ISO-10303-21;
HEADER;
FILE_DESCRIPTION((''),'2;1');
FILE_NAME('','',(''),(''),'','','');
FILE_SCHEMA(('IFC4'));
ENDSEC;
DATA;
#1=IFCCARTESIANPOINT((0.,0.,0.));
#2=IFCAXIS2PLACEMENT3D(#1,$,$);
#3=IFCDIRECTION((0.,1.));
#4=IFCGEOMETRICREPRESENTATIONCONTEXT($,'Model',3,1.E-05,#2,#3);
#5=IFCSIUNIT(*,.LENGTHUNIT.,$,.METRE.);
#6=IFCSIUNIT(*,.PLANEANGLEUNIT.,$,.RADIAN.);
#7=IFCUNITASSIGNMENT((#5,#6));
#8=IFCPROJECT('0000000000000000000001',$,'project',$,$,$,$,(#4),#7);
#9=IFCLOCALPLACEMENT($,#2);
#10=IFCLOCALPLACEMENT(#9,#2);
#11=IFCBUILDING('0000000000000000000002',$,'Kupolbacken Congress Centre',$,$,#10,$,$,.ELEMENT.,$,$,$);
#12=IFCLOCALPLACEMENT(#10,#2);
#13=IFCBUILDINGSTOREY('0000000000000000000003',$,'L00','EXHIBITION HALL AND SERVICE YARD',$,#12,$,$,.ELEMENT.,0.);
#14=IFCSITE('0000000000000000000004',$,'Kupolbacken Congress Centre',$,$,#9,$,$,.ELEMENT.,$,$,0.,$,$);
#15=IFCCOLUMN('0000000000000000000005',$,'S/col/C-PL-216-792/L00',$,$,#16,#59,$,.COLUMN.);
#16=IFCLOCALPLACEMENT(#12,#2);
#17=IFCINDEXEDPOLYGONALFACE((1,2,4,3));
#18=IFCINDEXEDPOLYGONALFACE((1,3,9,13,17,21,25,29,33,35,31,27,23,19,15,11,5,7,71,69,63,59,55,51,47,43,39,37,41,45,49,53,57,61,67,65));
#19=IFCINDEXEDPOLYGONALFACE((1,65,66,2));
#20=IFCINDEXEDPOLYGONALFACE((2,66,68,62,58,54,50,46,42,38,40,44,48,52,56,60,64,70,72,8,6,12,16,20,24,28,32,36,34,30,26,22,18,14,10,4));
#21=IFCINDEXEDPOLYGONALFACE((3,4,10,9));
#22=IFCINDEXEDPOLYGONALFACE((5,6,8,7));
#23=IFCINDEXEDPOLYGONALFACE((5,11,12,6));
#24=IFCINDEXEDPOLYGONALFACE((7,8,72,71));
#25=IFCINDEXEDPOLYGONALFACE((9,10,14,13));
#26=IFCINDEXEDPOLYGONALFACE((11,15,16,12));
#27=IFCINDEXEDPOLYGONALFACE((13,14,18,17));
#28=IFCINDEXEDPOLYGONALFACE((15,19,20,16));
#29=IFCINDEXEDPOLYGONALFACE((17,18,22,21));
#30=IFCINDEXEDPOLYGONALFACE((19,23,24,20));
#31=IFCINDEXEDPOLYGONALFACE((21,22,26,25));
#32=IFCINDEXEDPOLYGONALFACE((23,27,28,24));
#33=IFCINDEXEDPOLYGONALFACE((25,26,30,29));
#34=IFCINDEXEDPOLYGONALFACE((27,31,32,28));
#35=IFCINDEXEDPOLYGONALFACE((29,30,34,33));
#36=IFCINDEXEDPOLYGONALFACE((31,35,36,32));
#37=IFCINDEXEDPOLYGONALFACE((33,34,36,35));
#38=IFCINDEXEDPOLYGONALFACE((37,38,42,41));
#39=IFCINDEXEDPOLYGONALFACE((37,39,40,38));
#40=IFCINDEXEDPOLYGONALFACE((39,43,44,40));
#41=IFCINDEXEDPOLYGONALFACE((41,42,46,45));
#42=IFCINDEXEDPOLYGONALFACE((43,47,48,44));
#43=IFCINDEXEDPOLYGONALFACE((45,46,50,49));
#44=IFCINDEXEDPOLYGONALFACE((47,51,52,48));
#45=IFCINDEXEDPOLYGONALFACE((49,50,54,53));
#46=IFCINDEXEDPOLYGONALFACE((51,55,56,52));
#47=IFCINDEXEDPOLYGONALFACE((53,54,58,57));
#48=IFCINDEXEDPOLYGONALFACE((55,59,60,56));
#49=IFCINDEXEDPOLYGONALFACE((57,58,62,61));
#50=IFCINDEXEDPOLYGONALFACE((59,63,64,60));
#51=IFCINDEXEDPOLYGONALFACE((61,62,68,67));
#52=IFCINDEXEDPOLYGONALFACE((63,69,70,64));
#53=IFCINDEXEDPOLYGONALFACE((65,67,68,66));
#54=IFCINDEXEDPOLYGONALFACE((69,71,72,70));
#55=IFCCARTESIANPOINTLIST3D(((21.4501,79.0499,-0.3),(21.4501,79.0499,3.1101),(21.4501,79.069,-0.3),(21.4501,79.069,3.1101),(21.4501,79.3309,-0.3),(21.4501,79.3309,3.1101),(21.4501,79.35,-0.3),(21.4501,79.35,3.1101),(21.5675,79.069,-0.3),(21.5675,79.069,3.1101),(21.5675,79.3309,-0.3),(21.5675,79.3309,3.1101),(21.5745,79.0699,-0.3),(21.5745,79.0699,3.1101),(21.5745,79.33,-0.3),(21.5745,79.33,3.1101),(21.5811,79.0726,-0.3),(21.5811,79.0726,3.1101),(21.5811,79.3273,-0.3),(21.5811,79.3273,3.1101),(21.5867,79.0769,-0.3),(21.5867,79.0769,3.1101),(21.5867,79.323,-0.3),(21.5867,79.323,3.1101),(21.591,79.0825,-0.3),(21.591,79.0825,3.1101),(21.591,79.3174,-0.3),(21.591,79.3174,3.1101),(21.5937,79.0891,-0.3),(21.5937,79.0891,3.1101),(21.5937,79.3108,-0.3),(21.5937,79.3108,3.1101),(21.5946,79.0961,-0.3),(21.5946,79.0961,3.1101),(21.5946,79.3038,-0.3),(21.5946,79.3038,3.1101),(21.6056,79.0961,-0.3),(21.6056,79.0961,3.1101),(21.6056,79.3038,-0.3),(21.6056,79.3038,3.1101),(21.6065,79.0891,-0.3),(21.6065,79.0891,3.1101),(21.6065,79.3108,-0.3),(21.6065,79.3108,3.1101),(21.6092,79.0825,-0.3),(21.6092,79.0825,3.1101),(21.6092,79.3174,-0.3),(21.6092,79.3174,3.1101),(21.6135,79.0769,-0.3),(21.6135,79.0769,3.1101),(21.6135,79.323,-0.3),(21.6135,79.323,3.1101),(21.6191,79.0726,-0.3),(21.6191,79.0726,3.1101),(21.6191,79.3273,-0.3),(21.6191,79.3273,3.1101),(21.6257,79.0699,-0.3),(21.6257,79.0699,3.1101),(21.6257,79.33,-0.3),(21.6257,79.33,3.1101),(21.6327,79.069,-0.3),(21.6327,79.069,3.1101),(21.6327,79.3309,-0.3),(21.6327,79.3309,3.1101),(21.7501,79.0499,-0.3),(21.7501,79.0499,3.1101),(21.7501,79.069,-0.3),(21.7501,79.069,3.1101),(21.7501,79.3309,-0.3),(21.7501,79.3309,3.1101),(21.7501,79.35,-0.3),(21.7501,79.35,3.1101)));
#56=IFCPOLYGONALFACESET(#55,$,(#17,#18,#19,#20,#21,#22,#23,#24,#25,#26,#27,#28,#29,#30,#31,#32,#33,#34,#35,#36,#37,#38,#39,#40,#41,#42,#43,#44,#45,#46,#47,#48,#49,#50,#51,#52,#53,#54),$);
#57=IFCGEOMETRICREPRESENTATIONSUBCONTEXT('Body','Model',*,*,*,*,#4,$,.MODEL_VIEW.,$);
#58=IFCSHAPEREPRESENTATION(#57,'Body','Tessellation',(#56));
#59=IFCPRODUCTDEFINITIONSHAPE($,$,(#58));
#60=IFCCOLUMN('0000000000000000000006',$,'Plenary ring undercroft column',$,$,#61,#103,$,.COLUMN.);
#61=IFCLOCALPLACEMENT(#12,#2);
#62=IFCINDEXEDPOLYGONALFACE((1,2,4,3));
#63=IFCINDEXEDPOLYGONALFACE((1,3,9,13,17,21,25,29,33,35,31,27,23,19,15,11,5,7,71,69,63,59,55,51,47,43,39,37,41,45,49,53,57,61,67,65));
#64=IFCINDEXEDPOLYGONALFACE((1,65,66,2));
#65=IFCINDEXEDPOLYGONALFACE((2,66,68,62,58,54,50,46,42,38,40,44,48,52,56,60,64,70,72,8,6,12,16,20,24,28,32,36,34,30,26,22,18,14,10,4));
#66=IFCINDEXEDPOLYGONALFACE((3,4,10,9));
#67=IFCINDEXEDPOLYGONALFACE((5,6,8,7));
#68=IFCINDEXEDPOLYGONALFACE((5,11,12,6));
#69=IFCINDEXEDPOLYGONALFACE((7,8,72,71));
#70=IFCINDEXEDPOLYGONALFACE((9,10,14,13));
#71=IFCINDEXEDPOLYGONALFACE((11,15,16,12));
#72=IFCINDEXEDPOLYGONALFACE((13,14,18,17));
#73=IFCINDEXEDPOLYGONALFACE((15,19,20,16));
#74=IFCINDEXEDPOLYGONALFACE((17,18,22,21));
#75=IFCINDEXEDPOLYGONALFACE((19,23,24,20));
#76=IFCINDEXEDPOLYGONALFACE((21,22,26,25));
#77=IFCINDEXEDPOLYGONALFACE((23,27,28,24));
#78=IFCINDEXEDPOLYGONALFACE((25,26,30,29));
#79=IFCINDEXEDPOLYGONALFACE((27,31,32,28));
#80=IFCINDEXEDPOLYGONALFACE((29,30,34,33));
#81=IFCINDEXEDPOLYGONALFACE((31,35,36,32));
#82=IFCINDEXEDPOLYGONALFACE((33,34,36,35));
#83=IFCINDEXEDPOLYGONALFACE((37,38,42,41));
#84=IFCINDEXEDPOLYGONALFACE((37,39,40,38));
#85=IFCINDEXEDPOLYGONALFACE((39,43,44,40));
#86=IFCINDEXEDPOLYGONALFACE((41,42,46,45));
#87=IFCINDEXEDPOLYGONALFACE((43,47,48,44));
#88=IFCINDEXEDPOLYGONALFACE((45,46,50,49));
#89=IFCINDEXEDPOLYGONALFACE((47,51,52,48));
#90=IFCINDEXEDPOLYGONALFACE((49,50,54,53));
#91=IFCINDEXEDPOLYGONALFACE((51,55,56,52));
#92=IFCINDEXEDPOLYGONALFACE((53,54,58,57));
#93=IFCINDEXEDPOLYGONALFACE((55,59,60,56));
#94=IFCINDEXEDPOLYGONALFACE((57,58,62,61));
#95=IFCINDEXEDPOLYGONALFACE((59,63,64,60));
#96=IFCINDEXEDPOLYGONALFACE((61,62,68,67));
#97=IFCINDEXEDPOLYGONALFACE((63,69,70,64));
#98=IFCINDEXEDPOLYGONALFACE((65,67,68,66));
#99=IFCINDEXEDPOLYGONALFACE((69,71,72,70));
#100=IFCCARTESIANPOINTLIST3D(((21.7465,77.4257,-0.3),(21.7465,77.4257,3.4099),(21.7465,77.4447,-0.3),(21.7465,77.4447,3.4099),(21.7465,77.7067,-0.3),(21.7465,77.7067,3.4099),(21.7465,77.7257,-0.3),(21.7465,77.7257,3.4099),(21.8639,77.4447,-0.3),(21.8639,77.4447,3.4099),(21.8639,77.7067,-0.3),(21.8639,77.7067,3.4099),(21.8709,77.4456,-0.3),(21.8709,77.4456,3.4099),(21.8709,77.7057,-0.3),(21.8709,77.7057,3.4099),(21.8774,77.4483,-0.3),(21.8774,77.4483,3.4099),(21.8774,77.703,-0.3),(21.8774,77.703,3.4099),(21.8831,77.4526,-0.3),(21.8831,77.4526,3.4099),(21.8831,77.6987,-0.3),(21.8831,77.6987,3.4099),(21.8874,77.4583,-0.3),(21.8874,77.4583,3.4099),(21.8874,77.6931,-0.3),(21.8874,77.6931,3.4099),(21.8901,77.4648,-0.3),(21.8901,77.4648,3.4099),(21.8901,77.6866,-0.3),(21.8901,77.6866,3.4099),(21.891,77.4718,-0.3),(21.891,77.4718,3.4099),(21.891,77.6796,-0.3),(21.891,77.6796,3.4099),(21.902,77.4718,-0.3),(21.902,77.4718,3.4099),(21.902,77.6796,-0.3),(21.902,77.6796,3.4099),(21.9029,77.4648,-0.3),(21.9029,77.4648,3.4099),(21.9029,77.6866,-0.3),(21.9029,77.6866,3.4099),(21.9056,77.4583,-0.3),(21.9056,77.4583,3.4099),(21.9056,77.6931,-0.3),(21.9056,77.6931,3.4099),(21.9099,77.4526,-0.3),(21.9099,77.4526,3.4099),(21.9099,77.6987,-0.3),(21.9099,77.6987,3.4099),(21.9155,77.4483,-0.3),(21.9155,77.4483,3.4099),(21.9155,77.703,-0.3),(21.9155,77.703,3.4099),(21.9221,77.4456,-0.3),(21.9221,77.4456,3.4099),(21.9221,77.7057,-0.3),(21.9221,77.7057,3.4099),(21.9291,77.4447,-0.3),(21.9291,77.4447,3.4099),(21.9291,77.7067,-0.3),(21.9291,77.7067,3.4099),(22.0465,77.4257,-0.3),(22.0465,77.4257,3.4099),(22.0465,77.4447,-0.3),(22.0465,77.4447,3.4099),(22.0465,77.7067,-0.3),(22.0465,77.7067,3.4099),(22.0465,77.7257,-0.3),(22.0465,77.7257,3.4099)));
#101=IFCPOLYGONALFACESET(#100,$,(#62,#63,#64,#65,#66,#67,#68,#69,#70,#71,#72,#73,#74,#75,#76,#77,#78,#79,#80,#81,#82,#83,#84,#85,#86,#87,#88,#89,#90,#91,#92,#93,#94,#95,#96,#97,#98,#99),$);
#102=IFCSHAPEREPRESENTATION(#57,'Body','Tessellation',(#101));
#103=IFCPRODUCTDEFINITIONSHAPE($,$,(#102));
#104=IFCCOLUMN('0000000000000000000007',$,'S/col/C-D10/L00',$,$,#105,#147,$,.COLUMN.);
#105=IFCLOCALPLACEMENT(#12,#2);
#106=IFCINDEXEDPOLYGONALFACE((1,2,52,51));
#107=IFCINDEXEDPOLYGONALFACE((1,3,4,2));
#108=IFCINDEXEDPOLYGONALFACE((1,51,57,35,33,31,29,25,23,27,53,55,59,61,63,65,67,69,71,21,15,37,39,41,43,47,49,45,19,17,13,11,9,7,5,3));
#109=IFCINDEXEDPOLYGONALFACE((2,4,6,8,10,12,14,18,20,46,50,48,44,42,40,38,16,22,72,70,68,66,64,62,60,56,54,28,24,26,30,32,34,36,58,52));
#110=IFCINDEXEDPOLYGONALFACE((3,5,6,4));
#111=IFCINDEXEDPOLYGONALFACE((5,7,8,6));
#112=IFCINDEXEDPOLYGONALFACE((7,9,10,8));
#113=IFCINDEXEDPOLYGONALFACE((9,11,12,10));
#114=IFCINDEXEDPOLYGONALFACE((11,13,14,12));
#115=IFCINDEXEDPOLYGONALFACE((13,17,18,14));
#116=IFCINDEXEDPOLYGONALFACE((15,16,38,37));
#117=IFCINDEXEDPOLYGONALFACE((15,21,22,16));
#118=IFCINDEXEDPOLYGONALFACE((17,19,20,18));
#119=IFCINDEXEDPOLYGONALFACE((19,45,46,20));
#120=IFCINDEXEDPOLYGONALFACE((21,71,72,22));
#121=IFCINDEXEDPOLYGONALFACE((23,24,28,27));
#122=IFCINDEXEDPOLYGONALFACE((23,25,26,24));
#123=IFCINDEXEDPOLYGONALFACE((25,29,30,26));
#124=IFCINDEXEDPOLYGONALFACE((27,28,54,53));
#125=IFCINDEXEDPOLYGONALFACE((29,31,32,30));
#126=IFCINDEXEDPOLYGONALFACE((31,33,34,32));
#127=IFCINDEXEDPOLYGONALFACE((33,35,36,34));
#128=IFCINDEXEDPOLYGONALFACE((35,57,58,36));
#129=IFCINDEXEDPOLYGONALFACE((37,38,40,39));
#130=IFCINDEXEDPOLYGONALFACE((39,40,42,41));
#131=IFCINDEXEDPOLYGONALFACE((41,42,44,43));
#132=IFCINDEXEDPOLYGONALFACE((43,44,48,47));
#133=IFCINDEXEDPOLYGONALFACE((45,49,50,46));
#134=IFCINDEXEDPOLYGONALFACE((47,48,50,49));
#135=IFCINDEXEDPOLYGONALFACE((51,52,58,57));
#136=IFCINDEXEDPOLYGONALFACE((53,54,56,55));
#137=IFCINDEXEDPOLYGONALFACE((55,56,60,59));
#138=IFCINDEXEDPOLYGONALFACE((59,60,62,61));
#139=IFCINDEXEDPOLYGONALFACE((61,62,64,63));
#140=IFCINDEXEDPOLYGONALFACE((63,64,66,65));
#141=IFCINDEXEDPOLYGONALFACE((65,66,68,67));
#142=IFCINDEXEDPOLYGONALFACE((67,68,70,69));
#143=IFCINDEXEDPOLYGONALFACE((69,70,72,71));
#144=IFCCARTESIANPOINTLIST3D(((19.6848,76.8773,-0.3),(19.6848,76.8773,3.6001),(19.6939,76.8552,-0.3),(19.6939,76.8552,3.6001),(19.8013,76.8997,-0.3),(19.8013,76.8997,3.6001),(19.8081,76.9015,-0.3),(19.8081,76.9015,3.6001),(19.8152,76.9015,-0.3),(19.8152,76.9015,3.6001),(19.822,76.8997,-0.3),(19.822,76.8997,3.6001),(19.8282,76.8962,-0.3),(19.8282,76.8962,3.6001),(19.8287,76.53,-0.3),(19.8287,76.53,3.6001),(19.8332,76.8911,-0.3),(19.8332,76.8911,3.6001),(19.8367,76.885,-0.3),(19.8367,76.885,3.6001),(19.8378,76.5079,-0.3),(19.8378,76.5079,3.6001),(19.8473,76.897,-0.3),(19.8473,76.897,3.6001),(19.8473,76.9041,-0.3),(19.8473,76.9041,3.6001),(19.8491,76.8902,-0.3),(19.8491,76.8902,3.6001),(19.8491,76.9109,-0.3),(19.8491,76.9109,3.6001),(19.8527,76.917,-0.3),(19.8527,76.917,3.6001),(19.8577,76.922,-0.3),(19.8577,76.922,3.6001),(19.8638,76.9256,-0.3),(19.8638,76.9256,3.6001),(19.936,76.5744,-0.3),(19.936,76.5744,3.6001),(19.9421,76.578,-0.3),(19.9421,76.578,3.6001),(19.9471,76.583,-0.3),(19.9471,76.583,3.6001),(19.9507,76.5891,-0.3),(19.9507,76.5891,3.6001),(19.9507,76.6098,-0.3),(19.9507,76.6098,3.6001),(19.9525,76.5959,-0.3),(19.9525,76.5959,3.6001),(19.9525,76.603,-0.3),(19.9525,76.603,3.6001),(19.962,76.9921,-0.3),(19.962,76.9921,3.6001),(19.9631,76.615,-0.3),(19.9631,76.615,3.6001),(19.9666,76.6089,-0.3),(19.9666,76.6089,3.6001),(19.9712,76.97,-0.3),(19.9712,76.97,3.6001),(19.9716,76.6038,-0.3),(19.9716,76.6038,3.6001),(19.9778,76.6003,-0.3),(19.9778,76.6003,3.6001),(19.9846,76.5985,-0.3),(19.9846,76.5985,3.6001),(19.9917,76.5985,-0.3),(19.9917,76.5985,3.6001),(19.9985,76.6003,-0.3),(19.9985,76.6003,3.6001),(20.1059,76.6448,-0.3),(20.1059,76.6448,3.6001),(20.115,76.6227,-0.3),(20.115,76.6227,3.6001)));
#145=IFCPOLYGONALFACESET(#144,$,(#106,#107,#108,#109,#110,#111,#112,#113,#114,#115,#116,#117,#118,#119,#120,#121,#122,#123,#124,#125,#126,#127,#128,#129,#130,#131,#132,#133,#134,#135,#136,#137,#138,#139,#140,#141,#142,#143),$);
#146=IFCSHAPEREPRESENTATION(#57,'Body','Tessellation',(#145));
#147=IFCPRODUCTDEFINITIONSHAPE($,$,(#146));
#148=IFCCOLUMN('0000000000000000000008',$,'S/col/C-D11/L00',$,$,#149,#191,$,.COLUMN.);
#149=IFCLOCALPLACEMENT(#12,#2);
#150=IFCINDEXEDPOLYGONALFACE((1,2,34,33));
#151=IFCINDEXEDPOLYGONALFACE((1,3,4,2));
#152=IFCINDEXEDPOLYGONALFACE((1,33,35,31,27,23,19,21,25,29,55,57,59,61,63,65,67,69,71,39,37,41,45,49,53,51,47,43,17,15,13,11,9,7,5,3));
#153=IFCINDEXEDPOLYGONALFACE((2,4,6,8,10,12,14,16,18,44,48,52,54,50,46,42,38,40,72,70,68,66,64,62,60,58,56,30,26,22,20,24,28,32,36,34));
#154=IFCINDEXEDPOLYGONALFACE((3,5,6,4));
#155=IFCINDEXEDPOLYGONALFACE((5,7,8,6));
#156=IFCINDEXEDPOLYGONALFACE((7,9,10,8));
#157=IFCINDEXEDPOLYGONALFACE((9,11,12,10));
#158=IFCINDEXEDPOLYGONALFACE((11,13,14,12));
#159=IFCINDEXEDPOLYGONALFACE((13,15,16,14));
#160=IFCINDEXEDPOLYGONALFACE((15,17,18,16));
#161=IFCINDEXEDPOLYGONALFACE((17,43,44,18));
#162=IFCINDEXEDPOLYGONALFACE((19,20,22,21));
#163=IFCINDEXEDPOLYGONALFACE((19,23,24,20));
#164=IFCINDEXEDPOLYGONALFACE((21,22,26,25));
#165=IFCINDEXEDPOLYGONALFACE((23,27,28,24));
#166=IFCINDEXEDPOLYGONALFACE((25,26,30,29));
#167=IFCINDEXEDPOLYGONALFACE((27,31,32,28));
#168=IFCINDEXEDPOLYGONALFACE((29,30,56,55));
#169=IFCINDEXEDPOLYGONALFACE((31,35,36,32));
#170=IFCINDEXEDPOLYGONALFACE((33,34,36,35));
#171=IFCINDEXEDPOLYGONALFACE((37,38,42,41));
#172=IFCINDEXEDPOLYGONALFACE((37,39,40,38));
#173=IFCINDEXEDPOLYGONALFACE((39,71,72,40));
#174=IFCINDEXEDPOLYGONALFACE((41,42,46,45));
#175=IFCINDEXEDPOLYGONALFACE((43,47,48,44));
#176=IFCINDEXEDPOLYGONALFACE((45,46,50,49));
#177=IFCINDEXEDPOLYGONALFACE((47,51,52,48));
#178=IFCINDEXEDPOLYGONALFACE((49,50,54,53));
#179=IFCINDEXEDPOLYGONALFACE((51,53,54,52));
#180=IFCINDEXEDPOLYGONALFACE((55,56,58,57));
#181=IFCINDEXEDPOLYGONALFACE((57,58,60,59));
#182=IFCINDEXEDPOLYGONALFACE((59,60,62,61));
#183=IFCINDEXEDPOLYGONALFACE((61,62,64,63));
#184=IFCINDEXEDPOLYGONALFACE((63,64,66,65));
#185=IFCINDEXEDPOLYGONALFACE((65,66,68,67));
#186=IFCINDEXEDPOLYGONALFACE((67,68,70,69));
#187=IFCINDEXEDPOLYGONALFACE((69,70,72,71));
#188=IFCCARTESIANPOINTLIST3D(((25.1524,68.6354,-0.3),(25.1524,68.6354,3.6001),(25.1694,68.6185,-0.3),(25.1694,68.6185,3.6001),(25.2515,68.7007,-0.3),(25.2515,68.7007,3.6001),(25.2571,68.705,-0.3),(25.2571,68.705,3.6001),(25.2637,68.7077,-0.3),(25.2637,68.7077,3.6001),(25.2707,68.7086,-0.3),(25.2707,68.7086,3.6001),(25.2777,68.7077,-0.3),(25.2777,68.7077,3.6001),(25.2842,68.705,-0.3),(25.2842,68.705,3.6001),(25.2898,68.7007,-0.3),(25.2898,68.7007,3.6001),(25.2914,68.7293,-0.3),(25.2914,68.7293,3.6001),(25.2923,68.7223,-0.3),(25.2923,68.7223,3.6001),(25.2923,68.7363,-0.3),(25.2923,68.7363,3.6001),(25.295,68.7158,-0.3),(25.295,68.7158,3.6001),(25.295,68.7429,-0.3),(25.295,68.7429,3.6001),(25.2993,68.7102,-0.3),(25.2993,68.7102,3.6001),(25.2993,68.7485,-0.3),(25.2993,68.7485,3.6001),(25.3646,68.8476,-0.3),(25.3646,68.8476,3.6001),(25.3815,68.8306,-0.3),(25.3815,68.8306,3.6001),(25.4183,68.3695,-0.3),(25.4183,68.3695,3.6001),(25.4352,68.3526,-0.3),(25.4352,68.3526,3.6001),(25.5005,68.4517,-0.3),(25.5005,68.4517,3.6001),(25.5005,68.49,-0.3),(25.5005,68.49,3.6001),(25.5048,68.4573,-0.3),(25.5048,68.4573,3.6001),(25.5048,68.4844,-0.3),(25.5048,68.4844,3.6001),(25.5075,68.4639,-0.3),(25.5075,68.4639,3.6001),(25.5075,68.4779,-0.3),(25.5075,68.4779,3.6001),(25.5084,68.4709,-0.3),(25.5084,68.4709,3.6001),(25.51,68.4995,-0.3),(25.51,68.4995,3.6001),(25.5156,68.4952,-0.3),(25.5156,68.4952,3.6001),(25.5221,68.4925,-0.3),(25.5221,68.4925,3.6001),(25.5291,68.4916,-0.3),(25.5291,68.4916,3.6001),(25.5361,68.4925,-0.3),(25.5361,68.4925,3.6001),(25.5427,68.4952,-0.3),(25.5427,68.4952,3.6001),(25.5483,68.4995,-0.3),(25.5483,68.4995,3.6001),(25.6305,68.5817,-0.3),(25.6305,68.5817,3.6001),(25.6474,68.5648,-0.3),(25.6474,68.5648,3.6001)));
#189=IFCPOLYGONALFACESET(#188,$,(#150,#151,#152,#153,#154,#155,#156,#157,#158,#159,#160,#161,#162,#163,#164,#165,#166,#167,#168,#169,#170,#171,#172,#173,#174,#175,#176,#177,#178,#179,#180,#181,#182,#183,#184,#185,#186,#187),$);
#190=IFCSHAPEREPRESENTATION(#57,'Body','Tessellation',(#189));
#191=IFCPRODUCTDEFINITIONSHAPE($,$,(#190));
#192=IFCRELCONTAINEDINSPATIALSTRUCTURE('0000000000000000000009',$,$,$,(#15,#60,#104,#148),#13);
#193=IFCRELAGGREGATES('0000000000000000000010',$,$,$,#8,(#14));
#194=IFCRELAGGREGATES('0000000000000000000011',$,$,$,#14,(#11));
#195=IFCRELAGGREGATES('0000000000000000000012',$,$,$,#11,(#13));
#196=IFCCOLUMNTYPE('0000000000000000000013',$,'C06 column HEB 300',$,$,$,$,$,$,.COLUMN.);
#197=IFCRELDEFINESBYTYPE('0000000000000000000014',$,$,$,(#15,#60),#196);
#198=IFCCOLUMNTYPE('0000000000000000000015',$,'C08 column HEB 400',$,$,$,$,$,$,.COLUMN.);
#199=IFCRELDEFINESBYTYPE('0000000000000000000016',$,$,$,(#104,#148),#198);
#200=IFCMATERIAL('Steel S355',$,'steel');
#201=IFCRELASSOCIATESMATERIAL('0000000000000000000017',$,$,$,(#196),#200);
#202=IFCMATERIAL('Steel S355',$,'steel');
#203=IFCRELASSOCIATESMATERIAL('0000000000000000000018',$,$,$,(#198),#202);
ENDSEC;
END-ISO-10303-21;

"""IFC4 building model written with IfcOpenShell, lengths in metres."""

from ifc_helpers import new_model, si_unit, direction, frame, origin, origin_2d, place, context, subcontext, project, spatial, i_section, extrude, material, material_profile, profile_set, type_object, element, save


model = new_model("IFC4")

# Units and contexts
model_context = context("Model", 3, precision=1e-05, world=origin(), true_north=direction((0.0, 1.0)))
body_context = subcontext(model_context, "Body", "Model", "MODEL_VIEW")
ifc_project = project(units=[si_unit("LENGTHUNIT", "METRE"), si_unit("PLANEANGLEUNIT", "RADIAN")], contexts=[model_context])

# Site, building, storey
site_placement = place(None, origin())
site = spatial("IfcSite", under=ifc_project, at=site_placement, Name="Kupolbacken Congress Centre", CompositionType="ELEMENT", RefElevation=0.0)
building_placement = place(site_placement, origin())
building = spatial("IfcBuilding", under=site, at=building_placement, Name="Kupolbacken Congress Centre", CompositionType="ELEMENT")
storey_placement = place(building_placement, origin())
storey = spatial("IfcBuildingStorey", under=building, at=storey_placement, Name="L00", Description="EXHIBITION HALL AND SERVICE YARD", CompositionType="ELEMENT", Elevation=0.0)

# Columns
ifc_material_1 = material(Name="Steel S355", Category="steel")
ifc_material_profile_1 = material_profile(ifc_material_1, i_section(OverallWidth=0.3, OverallDepth=0.3, WebThickness=0.011, FlangeThickness=0.019, FilletRadius=0.0271, at=origin_2d()), Name="HEB 300")
ifc_profile_set_1 = profile_set([ifc_material_profile_1], Name="Steel S355")
column_type_1 = type_object("IfcColumnType", Name="C06 column HEB 300", PredefinedType="COLUMN", material=ifc_profile_set_1)
column_1_placement = place(storey_placement, frame((21.6001, 79.2, -0.3), z_axis=(0.0, 0.0, 1.0), x_axis=(1.0, 0.0, 0.0)))
element("IfcColumn", 1, at=column_1_placement, inside=storey, type_object=column_type_1, Name="S/col/C-PL-216-792/L00", PredefinedType="COLUMN", context=body_context, shape_type="SweptSolid", body=[
    extrude(i_section(OverallWidth=0.3, OverallDepth=0.3, WebThickness=0.011, FlangeThickness=0.019, FilletRadius=0.0271, at=origin_2d()), origin(), (0.0, 0.0, 1.0), 3.4102),
])
column_2_placement = place(storey_placement, frame((21.8965, 77.5757, -0.3), z_axis=(0.0, 0.0, 1.0), x_axis=(1.0, 0.0, 0.0)))
element("IfcColumn", 2, at=column_2_placement, inside=storey, type_object=column_type_1, Name="Plenary ring undercroft column", PredefinedType="COLUMN", context=body_context, shape_type="SweptSolid", body=[
    extrude(i_section(OverallWidth=0.3, OverallDepth=0.3, WebThickness=0.011, FlangeThickness=0.019, FilletRadius=0.0271, at=origin_2d()), origin(), (0.0, 0.0, 1.0), 3.71),
])
ifc_material_2 = material(Name="Steel S355", Category="steel")
ifc_material_profile_2 = material_profile(ifc_material_2, i_section(OverallWidth=0.3, OverallDepth=0.3999, WebThickness=0.0134, FlangeThickness=0.0239, FilletRadius=0.0271, at=origin_2d()), Name="HEB 400")
ifc_profile_set_2 = profile_set([ifc_material_profile_2], Name="Steel S355")
column_type_2 = type_object("IfcColumnType", Name="C08 column HEB 400", PredefinedType="COLUMN", material=ifc_profile_set_2)
for number, where, z_axis, x_axis, name in (
    (3, (19.8999, 76.75, -0.3), (0.0, 0.0, 1.0), (-0.923896, -0.382644, 0.0), "S/col/C-D10/L00"),
    (4, (25.3999, 68.6001, -0.3), (0.0, 0.0, 1.0), (-0.707107, -0.707107, 0.0), "S/col/C-D11/L00"),
):
    element("IfcColumn", number, at=place(storey_placement, frame(where, z_axis=z_axis, x_axis=x_axis)), inside=storey, type_object=column_type_2, Name=name, PredefinedType="COLUMN", context=body_context, shape_type="SweptSolid", body=[
        extrude(i_section(OverallWidth=0.3, OverallDepth=0.3999, WebThickness=0.0134, FlangeThickness=0.0239, FilletRadius=0.0271, at=origin_2d()), origin(), (0.0, 0.0, 1.0), 3.9001),
    ])

save(model, "model.ifc")
